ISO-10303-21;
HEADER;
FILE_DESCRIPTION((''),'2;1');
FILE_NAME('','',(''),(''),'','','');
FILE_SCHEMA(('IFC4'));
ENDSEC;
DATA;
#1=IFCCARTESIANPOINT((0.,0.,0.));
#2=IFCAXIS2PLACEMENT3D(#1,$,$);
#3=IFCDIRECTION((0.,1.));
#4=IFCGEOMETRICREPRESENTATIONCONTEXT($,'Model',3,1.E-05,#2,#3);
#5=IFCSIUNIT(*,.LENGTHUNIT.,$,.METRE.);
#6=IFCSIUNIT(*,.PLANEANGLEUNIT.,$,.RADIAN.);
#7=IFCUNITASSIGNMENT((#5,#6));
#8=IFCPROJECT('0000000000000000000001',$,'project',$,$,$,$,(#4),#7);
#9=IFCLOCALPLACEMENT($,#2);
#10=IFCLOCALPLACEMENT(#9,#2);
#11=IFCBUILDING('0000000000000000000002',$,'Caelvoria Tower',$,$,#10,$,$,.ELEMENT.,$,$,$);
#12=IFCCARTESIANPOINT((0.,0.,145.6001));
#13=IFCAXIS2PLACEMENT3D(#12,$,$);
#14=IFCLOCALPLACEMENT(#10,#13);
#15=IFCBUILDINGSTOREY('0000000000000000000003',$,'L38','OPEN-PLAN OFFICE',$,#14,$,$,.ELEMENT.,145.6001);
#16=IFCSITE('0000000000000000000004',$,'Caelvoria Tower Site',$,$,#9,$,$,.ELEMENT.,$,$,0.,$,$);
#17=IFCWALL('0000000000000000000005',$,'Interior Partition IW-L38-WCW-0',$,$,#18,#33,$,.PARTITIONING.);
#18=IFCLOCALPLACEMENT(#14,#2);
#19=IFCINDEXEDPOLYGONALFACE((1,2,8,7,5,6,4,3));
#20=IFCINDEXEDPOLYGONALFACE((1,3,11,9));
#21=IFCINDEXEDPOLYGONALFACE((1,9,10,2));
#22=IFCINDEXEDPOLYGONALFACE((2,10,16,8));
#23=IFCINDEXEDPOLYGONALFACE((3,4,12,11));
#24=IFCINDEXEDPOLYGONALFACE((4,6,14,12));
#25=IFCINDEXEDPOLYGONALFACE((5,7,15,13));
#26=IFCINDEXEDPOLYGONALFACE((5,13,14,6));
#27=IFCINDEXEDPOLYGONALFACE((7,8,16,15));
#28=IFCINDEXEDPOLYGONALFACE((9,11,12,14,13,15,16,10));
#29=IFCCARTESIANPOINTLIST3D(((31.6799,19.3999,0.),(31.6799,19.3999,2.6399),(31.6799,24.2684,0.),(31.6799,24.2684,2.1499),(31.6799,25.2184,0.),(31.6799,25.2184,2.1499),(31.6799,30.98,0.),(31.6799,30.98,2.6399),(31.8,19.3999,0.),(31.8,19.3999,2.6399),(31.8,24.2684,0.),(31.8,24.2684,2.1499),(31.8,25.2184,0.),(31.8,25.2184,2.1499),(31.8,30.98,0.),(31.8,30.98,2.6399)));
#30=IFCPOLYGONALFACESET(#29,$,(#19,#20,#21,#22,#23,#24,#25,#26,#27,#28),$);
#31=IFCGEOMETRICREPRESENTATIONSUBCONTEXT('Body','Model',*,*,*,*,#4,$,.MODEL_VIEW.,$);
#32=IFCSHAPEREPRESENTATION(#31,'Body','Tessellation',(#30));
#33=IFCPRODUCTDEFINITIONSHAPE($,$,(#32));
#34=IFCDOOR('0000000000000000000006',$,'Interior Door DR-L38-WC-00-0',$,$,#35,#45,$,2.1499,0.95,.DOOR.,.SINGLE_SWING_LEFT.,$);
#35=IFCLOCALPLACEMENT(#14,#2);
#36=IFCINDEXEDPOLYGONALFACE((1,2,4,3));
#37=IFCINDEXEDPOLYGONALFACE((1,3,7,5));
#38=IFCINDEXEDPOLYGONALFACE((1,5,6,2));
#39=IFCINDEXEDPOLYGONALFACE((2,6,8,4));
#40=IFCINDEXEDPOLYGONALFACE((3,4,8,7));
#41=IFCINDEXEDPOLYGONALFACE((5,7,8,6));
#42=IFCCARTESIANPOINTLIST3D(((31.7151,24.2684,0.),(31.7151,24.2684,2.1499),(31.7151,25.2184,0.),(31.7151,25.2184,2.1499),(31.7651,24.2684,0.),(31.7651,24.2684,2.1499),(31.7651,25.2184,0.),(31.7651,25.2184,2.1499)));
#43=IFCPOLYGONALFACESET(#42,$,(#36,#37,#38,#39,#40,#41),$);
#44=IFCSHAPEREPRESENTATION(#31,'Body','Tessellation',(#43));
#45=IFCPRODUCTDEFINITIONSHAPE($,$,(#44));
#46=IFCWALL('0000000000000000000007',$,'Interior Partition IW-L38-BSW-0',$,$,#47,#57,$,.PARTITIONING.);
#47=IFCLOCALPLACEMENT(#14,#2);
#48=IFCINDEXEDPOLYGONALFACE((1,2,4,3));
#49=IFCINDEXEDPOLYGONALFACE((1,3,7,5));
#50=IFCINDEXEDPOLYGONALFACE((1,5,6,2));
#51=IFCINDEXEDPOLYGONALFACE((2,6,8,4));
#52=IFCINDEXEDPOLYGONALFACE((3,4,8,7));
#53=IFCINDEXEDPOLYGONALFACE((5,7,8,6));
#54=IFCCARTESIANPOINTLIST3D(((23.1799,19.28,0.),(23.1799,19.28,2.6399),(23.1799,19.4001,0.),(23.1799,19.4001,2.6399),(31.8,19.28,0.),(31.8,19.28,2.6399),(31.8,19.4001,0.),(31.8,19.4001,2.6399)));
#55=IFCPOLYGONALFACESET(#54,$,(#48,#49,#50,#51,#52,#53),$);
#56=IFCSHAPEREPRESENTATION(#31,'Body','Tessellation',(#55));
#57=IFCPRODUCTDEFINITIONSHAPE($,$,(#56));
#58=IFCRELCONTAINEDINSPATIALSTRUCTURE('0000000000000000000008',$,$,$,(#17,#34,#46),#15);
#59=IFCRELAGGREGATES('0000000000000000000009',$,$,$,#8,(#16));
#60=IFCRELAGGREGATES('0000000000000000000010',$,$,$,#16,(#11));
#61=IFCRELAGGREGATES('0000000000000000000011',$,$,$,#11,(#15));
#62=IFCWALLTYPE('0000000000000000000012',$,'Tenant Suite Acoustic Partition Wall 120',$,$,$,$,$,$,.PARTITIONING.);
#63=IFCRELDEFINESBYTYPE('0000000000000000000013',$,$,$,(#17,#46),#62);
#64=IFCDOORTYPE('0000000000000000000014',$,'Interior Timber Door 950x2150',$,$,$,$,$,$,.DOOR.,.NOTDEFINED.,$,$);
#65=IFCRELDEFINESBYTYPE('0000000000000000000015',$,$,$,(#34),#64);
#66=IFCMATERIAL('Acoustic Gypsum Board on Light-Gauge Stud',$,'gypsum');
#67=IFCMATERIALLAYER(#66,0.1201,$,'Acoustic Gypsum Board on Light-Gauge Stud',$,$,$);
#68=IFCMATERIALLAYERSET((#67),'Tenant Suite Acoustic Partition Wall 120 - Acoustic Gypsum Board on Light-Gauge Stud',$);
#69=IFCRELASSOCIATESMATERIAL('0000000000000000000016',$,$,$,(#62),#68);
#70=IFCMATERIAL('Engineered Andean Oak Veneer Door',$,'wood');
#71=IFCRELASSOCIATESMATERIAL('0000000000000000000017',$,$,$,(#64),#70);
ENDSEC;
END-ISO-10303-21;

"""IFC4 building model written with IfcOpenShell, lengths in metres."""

from ifc_helpers import new_model, si_unit, direction, frame, frame_2d, origin, place, context, subcontext, project, spatial, rectangle, extrude, material, layer, layer_set, type_object, element, fill, save


model = new_model("IFC4")

# Units and contexts
model_context = context("Model", 3, precision=1e-05, world=origin(), true_north=direction((0.0, 1.0)))
body_context = subcontext(model_context, "Body", "Model", "MODEL_VIEW")
ifc_project = project(units=[si_unit("LENGTHUNIT", "METRE"), si_unit("PLANEANGLEUNIT", "RADIAN")], contexts=[model_context])

# Site, building, storey
site_placement = place(None, origin())
site = spatial("IfcSite", under=ifc_project, at=site_placement, Name="Caelvoria Tower Site", CompositionType="ELEMENT", RefElevation=0.0)
building_placement = place(site_placement, origin())
building = spatial("IfcBuilding", under=site, at=building_placement, Name="Caelvoria Tower", CompositionType="ELEMENT")
storey_placement = place(building_placement, frame((0.0, 0.0, 145.6001)))
storey = spatial("IfcBuildingStorey", under=building, at=storey_placement, Name="L38", Description="OPEN-PLAN OFFICE", CompositionType="ELEMENT", Elevation=145.6001)

# Shared definitions
ifc_material_1 = material(Name="Acoustic Gypsum Board on Light-Gauge Stud", Category="gypsum")
ifc_layer_1 = layer(ifc_material_1, 0.1201, Name="Acoustic Gypsum Board on Light-Gauge Stud")
ifc_layer_set_1 = layer_set([ifc_layer_1], Name="Tenant Suite Acoustic Partition Wall 120 - Acoustic Gypsum Board on Light-Gauge Stud")
wall_type_1 = type_object("IfcWallType", Name="Tenant Suite Acoustic Partition Wall 120", PredefinedType="PARTITIONING", material=ifc_layer_set_1)
ifc_material_2 = material(Name="Engineered Andean Oak Veneer Door", Category="wood")

# Shared definitions
door_type_1 = type_object("IfcDoorType", Name="Interior Timber Door 950x2150", OperationType="NOTDEFINED", PredefinedType="DOOR", material=ifc_material_2)

# Wall, opening, door
wall_1_placement = place(storey_placement, frame((31.74, 19.3999, 0.0), z_axis=(0.0, 0.0, 1.0), x_axis=(0.0, 1.0, 0.0)))
wall_1 = element("IfcWall", 1, at=wall_1_placement, inside=storey, type_object=wall_type_1, Name="Interior Partition IW-L38-WCW-0", PredefinedType="PARTITIONING", context=body_context, shape_type="SweptSolid", body=[
    extrude(rectangle(XDim=11.5801, YDim=0.1201, at=frame_2d((5.79, 0.0))), origin(), (0.0, 0.0, 1.0), 2.6399),
])
opening_1_placement = place(wall_1_placement, frame((4.8684, 0.0, 0.0)))
opening_1 = element("IfcOpeningElement", 2, at=opening_1_placement, cuts=wall_1, PredefinedType="OPENING", context=body_context, shape_type="SweptSolid", body=[
    extrude(rectangle(XDim=0.95, YDim=2.1499, at=frame_2d((0.4751, 1.075))), frame((0.0, 0.0701, 0.0), z_axis=(0.0, -1.0, 0.0), x_axis=(1.0, 0.0, 0.0)), (0.0, 0.0, 1.0), 0.1401),
])
door_1_placement = place(opening_1_placement, origin())
door_1 = element("IfcDoor", 3, at=door_1_placement, inside=storey, type_object=door_type_1, Name="Interior Door DR-L38-WC-00-0", OperationType="SINGLE_SWING_LEFT", OverallHeight=2.1499, OverallWidth=0.95, PredefinedType="DOOR", context=body_context, shape_type="SweptSolid", body=[
    extrude(rectangle(XDim=0.95, YDim=2.1499, at=frame_2d((0.4751, 1.075))), frame((0.0, 0.0249, 0.0), z_axis=(0.0, -1.0, 0.0), x_axis=(1.0, 0.0, 0.0)), (0.0, 0.0, 1.0), 0.05),
])
fill(opening_1, door_1)

# Wall
wall_2_placement = place(storey_placement, frame((31.8, 19.3401, 0.0), z_axis=(0.0, 0.0, 1.0), x_axis=(-1.0, 0.0, 0.0)))
element("IfcWall", 4, at=wall_2_placement, inside=storey, type_object=wall_type_1, Name="Interior Partition IW-L38-BSW-0", PredefinedType="PARTITIONING", context=body_context, shape_type="SweptSolid", body=[
    extrude(rectangle(XDim=8.6201, YDim=0.1201, at=frame_2d((4.3101, 0.0))), origin(), (0.0, 0.0, 1.0), 2.6399),
])

save(model, "model.ifc")
